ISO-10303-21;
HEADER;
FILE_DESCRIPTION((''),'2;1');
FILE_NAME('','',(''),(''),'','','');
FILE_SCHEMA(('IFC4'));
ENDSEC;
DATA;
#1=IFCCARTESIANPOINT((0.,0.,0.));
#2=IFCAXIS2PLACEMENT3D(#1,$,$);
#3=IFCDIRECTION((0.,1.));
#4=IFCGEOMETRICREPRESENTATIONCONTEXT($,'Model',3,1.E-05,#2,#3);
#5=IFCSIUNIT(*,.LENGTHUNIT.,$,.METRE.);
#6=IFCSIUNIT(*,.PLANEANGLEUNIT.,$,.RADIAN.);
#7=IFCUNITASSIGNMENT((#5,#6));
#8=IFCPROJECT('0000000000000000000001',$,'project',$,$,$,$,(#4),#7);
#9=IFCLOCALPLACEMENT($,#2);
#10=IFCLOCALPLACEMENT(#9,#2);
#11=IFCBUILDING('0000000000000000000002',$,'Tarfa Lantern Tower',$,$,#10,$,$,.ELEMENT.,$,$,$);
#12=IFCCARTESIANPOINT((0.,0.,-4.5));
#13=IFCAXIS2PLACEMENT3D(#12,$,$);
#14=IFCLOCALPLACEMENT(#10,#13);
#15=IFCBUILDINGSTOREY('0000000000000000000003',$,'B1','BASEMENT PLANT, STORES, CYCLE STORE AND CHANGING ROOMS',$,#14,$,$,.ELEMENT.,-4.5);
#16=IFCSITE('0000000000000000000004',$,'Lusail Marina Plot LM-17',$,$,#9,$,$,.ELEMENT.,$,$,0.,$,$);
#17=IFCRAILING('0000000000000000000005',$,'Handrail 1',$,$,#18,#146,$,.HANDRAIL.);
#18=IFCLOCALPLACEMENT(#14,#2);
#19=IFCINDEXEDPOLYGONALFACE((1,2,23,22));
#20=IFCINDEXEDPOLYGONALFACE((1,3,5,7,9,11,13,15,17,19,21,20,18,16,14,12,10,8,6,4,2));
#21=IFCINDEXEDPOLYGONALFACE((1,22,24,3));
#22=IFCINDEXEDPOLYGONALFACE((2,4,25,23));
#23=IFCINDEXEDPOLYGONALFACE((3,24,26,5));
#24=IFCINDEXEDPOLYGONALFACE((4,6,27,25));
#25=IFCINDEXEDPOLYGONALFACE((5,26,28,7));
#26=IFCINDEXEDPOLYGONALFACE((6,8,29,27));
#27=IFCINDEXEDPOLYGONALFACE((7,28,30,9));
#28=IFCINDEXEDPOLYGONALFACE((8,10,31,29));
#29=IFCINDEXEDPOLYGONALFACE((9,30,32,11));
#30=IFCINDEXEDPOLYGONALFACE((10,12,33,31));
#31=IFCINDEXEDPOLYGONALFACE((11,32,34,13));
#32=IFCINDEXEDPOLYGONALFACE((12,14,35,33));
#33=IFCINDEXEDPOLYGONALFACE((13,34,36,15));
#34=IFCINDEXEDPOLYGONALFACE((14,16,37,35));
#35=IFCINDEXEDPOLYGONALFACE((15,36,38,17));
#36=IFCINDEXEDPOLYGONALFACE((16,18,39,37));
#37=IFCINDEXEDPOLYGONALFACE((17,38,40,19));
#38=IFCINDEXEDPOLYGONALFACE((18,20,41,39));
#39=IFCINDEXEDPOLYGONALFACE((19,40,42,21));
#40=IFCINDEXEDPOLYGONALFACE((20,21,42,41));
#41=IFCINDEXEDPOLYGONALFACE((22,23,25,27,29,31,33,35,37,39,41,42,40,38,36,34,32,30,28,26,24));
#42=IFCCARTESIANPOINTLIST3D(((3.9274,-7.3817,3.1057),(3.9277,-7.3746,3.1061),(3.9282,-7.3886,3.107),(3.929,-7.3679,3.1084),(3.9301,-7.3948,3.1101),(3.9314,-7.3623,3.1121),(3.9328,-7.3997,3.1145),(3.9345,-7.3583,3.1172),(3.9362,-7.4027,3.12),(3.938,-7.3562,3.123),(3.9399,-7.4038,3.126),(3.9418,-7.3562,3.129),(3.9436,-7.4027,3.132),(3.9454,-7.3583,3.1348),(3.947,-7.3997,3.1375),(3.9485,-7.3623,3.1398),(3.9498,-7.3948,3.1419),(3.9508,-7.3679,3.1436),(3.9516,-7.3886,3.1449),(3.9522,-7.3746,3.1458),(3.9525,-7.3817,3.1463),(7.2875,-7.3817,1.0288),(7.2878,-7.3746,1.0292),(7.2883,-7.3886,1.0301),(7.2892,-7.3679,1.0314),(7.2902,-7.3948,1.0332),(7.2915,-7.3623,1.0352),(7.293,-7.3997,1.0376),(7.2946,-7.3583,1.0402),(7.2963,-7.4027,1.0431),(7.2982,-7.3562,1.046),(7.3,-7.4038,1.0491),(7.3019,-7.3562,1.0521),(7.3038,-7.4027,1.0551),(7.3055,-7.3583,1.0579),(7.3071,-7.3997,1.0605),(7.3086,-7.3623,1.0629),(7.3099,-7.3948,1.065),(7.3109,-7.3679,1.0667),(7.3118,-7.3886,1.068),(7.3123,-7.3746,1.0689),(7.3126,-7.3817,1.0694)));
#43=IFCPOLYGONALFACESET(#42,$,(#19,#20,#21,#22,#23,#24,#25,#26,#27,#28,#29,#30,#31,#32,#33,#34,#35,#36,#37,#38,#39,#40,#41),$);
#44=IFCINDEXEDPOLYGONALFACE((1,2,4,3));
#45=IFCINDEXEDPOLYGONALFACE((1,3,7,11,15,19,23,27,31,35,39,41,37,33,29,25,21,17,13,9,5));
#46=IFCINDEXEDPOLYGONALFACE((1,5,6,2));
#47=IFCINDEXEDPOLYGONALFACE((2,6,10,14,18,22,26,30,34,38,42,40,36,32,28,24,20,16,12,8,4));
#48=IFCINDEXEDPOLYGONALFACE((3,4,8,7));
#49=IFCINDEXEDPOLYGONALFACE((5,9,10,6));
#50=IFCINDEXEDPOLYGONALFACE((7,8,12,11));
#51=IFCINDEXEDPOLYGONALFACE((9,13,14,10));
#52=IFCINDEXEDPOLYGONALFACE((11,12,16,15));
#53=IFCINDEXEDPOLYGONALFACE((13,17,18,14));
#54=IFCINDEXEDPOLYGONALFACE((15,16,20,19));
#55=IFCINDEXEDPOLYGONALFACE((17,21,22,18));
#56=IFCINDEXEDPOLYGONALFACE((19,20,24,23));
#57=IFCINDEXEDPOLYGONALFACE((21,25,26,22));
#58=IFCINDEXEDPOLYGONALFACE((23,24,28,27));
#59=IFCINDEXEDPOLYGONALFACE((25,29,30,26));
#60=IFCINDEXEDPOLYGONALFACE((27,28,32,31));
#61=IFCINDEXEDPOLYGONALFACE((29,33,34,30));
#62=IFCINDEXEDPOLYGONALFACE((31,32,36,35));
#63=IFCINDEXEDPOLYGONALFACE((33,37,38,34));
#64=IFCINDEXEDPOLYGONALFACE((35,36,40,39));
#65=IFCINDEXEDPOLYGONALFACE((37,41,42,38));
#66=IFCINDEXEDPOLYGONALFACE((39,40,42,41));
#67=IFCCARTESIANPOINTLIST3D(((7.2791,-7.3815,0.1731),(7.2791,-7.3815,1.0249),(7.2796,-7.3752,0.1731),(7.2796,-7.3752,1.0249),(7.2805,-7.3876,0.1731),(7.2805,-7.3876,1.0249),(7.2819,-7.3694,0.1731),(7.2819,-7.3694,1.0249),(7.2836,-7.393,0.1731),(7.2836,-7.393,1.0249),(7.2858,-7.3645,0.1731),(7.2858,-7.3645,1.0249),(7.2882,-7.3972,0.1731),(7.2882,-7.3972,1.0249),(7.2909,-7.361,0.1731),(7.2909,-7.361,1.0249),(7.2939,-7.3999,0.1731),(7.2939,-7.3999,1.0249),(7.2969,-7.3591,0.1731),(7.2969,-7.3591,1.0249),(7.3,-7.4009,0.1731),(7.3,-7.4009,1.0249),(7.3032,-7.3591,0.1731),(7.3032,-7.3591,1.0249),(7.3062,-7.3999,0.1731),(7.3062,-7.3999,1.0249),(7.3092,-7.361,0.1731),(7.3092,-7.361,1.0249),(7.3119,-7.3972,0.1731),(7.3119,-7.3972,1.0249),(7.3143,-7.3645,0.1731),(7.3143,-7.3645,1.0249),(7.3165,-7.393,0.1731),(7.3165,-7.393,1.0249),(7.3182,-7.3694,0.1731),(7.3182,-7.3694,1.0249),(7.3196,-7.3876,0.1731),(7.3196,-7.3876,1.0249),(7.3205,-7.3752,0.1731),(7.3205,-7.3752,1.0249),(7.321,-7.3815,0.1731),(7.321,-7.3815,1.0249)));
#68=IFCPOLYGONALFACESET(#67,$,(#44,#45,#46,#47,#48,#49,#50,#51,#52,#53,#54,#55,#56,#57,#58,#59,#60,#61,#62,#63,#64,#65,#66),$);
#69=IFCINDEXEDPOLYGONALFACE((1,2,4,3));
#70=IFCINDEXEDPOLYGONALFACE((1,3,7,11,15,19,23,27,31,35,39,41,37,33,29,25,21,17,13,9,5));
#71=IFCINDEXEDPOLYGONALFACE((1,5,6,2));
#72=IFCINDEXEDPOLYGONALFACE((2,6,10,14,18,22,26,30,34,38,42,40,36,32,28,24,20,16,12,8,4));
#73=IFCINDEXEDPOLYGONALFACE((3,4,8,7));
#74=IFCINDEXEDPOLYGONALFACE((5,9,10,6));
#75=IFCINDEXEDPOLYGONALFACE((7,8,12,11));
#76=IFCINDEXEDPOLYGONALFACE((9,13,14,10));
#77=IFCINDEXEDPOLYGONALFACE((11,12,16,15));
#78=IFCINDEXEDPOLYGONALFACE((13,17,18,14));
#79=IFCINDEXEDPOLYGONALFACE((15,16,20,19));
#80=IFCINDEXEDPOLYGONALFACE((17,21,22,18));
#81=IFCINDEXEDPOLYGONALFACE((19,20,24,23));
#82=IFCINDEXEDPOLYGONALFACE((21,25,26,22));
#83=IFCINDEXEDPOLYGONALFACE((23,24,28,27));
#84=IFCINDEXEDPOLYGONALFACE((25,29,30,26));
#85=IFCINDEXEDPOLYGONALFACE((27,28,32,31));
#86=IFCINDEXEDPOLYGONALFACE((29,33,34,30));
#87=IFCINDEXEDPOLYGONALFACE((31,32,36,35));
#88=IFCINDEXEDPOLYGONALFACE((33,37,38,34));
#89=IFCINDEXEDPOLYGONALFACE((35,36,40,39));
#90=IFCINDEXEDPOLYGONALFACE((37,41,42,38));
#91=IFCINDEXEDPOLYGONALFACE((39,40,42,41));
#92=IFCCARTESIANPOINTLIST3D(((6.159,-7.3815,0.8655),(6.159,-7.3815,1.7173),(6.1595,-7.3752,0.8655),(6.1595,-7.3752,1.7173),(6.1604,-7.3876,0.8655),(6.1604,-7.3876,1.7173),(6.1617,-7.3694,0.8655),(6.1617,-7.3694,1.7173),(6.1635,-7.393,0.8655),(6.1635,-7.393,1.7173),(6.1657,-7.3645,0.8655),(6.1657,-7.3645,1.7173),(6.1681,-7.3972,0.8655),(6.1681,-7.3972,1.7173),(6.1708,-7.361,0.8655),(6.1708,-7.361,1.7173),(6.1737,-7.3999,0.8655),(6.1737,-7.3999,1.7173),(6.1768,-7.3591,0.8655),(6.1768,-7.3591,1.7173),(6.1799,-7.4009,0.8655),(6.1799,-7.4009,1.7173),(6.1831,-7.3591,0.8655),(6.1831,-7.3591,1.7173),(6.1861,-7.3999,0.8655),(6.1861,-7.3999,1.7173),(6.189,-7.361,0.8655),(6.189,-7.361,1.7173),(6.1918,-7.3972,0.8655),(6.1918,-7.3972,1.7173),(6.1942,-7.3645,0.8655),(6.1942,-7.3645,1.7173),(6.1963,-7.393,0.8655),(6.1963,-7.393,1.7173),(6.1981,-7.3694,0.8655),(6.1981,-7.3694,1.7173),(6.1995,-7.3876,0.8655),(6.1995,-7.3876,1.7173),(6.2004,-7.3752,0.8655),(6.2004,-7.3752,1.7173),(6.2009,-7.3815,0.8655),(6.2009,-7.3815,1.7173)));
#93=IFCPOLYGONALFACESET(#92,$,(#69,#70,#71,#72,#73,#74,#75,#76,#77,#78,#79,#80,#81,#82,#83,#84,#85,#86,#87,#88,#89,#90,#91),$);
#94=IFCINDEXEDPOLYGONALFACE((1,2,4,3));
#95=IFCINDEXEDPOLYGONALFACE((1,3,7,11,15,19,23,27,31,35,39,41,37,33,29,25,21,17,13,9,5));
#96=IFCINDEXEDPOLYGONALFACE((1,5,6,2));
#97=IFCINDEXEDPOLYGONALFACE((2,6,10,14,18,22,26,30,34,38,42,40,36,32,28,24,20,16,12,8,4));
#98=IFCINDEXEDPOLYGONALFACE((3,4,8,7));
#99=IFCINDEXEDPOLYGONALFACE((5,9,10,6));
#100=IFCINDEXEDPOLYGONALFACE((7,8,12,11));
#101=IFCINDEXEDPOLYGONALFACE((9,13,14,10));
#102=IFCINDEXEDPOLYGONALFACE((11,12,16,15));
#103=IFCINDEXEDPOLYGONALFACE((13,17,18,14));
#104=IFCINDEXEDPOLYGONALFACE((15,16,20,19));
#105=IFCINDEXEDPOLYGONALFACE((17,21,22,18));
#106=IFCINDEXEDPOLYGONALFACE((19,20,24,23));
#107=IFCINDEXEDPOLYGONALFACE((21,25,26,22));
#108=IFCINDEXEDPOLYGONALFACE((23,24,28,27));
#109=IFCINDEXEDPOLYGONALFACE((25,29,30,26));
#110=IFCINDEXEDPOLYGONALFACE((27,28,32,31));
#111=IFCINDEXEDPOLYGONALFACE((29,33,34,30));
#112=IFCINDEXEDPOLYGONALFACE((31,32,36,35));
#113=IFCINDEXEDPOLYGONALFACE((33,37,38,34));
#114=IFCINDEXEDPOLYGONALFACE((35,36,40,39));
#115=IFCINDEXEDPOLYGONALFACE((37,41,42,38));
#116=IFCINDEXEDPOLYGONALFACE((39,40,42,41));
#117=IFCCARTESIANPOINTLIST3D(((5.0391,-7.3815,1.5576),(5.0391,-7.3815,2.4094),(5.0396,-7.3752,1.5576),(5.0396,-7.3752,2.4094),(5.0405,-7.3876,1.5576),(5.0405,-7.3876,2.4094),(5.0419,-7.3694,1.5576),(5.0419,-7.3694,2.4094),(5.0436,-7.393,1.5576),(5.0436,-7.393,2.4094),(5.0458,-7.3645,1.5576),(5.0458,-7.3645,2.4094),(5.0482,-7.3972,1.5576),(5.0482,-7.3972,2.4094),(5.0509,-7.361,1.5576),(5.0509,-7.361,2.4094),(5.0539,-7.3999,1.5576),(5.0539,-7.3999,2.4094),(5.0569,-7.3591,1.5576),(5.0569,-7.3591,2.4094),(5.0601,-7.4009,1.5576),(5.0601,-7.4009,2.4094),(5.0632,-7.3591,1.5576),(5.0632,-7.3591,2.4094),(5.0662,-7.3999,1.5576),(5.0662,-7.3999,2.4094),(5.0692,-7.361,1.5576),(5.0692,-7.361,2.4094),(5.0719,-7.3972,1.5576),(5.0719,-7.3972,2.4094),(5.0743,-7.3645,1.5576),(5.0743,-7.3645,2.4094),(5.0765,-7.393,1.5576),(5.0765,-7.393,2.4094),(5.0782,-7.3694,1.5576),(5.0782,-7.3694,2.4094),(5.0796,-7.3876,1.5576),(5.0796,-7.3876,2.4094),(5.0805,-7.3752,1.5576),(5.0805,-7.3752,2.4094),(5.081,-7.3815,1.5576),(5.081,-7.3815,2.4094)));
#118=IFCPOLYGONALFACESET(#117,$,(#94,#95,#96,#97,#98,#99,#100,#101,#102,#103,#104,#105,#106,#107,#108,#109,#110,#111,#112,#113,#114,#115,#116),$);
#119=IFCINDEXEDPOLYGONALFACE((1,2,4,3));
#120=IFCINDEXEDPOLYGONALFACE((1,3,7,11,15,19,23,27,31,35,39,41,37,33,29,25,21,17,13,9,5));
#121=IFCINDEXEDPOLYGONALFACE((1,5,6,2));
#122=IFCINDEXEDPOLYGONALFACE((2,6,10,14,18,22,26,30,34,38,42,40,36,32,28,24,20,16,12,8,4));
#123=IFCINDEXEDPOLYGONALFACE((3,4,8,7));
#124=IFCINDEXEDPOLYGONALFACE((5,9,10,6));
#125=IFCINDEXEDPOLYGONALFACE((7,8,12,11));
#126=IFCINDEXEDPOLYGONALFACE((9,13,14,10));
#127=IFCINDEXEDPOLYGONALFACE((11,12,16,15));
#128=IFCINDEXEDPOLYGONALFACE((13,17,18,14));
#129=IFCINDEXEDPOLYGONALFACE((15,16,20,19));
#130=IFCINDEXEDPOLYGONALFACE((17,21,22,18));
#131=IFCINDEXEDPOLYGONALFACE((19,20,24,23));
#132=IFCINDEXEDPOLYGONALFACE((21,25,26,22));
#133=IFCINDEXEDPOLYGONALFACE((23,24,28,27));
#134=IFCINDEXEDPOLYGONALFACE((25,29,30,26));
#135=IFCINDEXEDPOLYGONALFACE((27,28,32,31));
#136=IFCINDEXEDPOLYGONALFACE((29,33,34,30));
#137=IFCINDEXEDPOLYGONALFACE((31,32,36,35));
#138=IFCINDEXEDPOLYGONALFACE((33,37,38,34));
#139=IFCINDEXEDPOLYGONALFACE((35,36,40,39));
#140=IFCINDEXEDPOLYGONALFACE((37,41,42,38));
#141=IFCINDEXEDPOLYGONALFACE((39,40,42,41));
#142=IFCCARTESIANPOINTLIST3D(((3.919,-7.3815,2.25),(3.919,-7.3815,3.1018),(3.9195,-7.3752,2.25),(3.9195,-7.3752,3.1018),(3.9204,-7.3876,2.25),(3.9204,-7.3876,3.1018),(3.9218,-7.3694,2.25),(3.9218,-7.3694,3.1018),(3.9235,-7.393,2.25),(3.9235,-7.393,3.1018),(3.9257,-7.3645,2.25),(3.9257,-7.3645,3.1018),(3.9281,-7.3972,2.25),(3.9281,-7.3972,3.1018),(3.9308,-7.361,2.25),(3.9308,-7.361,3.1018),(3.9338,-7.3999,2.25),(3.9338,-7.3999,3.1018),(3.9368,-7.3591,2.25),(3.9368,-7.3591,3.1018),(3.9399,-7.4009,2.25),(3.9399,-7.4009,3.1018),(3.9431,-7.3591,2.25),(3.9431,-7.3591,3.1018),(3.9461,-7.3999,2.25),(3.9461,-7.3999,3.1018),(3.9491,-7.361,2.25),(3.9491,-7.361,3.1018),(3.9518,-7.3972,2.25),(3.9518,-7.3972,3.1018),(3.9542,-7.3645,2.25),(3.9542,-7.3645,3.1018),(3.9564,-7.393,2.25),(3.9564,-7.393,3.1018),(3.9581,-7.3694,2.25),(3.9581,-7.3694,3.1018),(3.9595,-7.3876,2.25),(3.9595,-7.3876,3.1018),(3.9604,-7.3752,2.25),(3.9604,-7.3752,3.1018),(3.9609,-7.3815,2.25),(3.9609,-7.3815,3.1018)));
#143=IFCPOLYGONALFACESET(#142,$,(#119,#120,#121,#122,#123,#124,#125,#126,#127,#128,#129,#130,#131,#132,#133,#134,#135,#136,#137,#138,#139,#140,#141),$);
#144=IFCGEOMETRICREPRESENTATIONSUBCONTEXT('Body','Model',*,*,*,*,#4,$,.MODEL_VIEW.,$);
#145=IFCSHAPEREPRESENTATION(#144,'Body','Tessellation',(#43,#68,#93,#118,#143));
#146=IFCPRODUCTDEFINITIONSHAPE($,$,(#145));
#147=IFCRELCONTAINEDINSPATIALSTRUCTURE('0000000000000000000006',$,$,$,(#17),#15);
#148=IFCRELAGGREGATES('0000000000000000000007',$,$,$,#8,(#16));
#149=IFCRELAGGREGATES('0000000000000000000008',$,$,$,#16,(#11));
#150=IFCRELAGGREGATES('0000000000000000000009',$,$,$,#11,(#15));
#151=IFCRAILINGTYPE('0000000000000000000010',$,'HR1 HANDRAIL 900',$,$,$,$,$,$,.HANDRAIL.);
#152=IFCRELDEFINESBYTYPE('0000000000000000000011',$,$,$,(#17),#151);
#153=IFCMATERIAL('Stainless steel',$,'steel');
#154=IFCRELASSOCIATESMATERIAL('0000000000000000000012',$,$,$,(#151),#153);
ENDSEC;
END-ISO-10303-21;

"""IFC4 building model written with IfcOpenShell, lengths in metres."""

from ifc_helpers import new_model, si_unit, direction, frame, origin, origin_2d, place, context, subcontext, project, spatial, circle, extrude, material, type_object, element, save


model = new_model("IFC4")

# Units and contexts
model_context = context("Model", 3, precision=1e-05, world=origin(), true_north=direction((0.0, 1.0)))
body_context = subcontext(model_context, "Body", "Model", "MODEL_VIEW")
ifc_project = project(units=[si_unit("LENGTHUNIT", "METRE"), si_unit("PLANEANGLEUNIT", "RADIAN")], contexts=[model_context])

# Site, building, storey
site_placement = place(None, origin())
site = spatial("IfcSite", under=ifc_project, at=site_placement, Name="Lusail Marina Plot LM-17", CompositionType="ELEMENT", RefElevation=0.0)
building_placement = place(site_placement, origin())
building = spatial("IfcBuilding", under=site, at=building_placement, Name="Tarfa Lantern Tower", CompositionType="ELEMENT")
storey_placement = place(building_placement, frame((0.0, 0.0, -4.5)))
storey = spatial("IfcBuildingStorey", under=building, at=storey_placement, Name="B1", Description="BASEMENT PLANT, STORES, CYCLE STORE AND CHANGING ROOMS", CompositionType="ELEMENT", Elevation=-4.5)

# Railing
ifc_material_1 = material(Name="Stainless steel", Category="steel")
railing_type = type_object("IfcRailingType", Name="HR1 HANDRAIL 900", PredefinedType="HANDRAIL", material=ifc_material_1)
railing_1_placement = place(storey_placement, frame((7.3, -7.3799, 0.1731)))
element("IfcRailing", 1, at=railing_1_placement, inside=storey, type_object=railing_type, Name="Handrail 1", PredefinedType="HANDRAIL", context=body_context, shape_type="SweptSolid", body=[
    extrude(circle(Radius=0.0239, at=origin_2d()), frame((0.0, 0.0, 0.876), z_axis=(-0.850623, 0.0, 0.525776), x_axis=(0.0, -1.0, 0.0)), (0.0, 0.0, 1.0), 3.9502),
    extrude(circle(Radius=0.021, at=origin_2d()), frame((0.0, 0.0, 0.0), z_axis=(0.0, 0.0, 1.0), x_axis=(0.0, -1.0, 0.0)), (0.0, 0.0, 1.0), 0.8518),
    extrude(circle(Radius=0.021, at=origin_2d()), frame((-1.1201, 0.0, 0.6924), z_axis=(0.0, 0.0, 1.0), x_axis=(0.0, -1.0, 0.0)), (0.0, 0.0, 1.0), 0.8518),
    extrude(circle(Radius=0.021, at=origin_2d()), frame((-2.24, 0.0, 1.3845), z_axis=(0.0, 0.0, 1.0), x_axis=(0.0, -1.0, 0.0)), (0.0, 0.0, 1.0), 0.8518),
    extrude(circle(Radius=0.021, at=origin_2d()), frame((-3.3601, 0.0, 2.0769), z_axis=(0.0, 0.0, 1.0), x_axis=(0.0, -1.0, 0.0)), (0.0, 0.0, 1.0), 0.8518),
])

save(model, "model.ifc")
